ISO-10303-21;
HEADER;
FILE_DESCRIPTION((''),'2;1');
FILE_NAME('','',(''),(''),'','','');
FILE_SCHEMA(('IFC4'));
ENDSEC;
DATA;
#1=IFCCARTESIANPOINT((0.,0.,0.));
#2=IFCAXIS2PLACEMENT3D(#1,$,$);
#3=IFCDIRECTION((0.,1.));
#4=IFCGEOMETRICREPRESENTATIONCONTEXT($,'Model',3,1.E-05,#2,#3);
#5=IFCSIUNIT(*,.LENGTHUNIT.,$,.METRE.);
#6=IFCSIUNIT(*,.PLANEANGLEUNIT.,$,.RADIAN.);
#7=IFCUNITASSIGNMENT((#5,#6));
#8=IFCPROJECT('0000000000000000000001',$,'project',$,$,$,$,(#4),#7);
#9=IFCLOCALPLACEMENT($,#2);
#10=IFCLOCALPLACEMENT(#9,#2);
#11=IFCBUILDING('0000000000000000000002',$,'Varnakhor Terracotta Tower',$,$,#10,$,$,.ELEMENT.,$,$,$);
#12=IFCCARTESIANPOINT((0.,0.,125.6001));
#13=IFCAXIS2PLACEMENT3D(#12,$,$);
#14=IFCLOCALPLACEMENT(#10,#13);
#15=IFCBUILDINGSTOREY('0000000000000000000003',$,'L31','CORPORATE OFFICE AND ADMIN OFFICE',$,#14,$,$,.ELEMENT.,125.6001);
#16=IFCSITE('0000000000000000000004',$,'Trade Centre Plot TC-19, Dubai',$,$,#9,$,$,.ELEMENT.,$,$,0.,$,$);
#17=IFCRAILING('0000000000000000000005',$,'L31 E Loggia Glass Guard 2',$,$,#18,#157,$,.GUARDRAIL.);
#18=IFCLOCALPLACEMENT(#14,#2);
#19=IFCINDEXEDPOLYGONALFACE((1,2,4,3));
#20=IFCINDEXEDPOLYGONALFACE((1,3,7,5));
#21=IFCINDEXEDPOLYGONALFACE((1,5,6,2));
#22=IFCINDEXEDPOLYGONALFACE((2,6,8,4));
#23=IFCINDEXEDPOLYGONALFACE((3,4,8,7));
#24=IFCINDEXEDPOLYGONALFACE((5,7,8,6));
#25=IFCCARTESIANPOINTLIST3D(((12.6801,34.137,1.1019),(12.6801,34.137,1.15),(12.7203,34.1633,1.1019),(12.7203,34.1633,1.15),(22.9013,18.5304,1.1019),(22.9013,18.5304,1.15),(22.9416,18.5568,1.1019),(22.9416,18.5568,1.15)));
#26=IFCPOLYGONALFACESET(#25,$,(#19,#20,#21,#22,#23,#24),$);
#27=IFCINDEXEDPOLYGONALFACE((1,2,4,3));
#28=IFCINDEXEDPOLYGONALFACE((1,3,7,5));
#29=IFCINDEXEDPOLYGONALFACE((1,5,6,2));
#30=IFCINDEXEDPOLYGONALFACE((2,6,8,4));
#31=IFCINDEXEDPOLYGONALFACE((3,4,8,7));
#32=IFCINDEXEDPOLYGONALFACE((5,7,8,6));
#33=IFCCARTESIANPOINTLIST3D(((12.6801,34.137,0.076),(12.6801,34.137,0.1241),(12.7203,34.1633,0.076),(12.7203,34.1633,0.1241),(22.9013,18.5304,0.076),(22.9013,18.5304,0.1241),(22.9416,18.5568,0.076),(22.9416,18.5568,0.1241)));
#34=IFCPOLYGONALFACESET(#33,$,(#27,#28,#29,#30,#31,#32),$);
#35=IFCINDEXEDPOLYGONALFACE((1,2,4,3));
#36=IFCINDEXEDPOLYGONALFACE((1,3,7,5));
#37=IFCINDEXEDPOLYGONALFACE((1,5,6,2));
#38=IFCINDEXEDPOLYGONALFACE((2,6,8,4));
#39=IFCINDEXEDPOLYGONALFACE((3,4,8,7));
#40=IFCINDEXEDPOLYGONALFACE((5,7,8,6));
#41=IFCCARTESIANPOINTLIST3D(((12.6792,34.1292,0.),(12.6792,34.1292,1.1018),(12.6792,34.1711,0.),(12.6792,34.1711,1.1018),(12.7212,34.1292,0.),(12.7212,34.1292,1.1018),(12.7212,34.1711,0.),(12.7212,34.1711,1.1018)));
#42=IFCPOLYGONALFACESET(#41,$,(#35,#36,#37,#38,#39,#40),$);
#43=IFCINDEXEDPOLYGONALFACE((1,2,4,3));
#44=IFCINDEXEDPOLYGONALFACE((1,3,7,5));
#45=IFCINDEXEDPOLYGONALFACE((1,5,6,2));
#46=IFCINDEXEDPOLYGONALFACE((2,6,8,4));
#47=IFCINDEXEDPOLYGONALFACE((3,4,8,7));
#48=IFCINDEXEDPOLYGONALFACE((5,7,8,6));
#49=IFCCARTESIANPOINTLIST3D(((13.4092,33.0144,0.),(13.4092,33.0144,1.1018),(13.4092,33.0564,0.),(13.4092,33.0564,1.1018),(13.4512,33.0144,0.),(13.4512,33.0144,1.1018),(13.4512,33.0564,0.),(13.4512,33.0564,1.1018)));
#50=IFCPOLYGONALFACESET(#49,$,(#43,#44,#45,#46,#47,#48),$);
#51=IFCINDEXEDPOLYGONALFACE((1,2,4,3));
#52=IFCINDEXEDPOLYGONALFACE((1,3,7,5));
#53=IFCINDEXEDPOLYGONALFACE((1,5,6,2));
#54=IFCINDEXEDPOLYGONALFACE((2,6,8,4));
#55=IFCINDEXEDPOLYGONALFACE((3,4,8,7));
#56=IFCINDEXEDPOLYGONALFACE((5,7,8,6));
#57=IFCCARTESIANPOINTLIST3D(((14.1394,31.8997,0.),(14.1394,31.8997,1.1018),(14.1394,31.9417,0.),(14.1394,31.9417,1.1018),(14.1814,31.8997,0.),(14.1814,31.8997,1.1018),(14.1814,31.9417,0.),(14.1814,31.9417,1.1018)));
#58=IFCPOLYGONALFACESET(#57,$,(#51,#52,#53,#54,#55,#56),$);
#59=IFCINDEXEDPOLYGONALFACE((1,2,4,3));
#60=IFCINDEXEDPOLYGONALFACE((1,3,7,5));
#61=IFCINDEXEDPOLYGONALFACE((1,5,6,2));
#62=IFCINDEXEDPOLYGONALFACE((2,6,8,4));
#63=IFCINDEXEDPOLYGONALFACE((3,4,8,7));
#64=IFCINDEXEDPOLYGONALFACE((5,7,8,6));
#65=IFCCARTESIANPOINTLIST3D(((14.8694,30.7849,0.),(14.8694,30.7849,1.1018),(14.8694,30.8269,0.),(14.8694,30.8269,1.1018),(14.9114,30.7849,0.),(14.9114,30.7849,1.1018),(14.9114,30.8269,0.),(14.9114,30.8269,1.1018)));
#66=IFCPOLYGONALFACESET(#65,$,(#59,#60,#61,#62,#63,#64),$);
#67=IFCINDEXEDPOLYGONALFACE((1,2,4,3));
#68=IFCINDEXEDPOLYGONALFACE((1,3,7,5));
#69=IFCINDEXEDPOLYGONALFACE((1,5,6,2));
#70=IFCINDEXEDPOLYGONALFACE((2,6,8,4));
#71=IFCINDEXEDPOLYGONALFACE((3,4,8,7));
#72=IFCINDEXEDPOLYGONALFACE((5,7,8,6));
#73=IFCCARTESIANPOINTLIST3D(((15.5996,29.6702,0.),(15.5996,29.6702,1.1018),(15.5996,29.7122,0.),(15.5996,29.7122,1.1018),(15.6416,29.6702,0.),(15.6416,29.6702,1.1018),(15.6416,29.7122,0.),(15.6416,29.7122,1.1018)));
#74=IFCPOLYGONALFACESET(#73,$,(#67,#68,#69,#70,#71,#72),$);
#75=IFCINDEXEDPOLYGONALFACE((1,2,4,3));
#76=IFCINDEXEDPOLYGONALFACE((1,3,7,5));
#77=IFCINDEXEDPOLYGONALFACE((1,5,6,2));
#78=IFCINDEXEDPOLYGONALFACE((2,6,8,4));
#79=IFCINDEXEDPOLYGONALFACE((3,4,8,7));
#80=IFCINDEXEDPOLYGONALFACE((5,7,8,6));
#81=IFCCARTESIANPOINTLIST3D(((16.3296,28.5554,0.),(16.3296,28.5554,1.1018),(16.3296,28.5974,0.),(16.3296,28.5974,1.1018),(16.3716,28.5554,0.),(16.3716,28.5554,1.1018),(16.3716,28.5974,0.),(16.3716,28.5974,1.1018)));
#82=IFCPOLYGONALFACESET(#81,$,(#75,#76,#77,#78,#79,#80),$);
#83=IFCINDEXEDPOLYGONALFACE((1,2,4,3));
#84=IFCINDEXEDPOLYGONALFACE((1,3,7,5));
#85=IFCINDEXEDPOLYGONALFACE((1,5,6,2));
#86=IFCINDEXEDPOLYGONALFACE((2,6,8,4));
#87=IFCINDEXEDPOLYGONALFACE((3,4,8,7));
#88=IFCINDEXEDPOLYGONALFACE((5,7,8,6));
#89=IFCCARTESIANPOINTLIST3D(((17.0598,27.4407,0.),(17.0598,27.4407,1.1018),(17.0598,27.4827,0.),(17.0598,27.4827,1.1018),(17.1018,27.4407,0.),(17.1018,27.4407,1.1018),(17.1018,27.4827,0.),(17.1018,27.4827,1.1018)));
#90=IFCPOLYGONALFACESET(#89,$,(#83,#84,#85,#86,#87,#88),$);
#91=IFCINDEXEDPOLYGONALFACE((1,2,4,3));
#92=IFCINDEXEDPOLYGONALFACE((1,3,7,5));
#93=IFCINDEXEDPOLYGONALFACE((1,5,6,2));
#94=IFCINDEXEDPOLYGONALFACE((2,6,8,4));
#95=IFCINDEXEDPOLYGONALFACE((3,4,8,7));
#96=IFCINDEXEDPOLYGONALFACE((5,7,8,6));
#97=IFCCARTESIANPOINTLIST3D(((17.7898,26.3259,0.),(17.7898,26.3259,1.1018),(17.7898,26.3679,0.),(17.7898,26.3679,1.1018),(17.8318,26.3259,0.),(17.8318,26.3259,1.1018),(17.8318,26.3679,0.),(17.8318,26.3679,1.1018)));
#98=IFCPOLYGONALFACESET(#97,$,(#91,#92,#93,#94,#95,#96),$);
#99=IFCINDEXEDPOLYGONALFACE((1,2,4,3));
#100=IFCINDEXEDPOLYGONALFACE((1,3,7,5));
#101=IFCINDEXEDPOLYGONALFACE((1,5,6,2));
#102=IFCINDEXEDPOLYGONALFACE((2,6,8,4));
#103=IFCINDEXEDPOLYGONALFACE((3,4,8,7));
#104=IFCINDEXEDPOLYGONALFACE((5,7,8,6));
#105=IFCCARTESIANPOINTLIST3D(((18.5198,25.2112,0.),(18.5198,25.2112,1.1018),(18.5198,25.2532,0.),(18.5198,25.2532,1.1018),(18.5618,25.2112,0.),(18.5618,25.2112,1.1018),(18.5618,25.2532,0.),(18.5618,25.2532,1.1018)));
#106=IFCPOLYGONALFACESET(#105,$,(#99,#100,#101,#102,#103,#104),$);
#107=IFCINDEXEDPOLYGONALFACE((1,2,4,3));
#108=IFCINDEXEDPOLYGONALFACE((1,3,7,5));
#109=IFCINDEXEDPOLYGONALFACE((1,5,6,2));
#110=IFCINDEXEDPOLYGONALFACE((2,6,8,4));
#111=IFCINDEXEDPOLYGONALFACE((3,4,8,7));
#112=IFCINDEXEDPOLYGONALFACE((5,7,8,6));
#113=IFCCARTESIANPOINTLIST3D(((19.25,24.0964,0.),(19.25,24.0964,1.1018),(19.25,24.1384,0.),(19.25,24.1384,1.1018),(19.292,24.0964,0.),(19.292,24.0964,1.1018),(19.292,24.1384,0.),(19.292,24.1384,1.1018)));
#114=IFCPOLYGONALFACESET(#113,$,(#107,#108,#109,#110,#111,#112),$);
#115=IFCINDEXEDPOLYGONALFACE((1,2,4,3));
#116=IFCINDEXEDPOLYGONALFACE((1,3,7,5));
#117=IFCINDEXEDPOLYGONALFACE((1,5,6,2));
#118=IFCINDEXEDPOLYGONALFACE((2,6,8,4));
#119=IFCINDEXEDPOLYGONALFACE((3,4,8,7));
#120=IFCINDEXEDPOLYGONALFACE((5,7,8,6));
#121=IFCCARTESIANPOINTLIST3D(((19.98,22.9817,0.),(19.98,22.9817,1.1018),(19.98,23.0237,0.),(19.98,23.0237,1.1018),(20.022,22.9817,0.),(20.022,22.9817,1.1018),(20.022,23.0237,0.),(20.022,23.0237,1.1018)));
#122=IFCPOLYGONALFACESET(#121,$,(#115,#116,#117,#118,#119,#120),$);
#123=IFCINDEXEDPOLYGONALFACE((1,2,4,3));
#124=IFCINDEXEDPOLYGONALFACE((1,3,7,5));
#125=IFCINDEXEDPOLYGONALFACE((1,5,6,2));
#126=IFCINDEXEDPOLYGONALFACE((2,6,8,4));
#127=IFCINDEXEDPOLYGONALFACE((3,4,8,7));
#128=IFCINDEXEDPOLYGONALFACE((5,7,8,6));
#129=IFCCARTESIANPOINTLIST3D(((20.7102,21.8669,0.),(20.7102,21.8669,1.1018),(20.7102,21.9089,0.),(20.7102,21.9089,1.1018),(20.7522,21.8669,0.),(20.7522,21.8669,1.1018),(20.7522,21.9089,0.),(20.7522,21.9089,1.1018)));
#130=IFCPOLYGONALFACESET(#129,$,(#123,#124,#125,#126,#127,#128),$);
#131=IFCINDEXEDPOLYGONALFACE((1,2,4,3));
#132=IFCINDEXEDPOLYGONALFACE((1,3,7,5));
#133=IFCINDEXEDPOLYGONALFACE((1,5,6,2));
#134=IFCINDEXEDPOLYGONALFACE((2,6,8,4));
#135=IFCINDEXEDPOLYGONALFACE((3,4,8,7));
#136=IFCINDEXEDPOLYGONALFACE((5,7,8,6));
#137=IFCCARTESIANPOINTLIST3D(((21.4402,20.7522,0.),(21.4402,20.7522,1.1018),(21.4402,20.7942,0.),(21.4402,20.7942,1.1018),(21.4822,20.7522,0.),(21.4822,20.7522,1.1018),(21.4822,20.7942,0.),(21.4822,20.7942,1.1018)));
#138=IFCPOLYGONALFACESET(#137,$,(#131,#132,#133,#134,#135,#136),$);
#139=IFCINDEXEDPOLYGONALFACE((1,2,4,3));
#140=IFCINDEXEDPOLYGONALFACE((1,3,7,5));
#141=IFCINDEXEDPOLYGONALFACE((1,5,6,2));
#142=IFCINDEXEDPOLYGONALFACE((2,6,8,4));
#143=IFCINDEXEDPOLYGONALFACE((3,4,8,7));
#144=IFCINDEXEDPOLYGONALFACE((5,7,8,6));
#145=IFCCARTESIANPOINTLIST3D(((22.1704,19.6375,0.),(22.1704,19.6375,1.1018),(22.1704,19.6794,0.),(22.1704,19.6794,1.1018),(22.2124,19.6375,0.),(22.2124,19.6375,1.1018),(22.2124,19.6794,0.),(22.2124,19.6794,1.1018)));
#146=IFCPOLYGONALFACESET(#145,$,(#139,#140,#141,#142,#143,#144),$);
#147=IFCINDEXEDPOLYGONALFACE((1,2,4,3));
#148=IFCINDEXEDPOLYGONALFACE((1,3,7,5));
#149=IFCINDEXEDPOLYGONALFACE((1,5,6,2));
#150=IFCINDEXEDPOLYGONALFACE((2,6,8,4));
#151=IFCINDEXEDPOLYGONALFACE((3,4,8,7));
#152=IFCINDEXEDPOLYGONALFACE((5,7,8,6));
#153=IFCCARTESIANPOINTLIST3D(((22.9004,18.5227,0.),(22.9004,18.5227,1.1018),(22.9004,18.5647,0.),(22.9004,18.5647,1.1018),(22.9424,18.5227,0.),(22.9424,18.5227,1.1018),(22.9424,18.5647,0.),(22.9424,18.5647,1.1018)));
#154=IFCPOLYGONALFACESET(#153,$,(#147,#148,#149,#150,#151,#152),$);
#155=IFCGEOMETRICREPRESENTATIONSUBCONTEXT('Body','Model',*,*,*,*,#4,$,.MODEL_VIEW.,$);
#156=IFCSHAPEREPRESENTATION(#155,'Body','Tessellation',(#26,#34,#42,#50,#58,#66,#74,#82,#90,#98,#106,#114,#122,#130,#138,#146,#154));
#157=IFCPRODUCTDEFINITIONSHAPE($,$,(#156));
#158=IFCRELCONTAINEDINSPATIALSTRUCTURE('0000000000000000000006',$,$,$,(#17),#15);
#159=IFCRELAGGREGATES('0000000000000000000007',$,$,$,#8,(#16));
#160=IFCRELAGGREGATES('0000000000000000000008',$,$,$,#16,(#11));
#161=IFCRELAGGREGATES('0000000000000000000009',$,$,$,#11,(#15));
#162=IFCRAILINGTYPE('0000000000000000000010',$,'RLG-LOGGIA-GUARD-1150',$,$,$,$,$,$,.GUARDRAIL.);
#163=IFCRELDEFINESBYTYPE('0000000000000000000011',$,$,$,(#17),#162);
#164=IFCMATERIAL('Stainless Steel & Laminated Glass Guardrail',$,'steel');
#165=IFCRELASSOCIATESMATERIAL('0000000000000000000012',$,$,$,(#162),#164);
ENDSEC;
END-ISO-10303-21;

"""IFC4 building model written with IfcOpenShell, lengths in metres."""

from ifc_helpers import new_model, si_unit, direction, frame, origin, origin_2d, place, context, subcontext, project, spatial, rectangle, extrude, material, type_object, element, save


model = new_model("IFC4")

# Units and contexts
model_context = context("Model", 3, precision=1e-05, world=origin(), true_north=direction((0.0, 1.0)))
body_context = subcontext(model_context, "Body", "Model", "MODEL_VIEW")
ifc_project = project(units=[si_unit("LENGTHUNIT", "METRE"), si_unit("PLANEANGLEUNIT", "RADIAN")], contexts=[model_context])

# Site, building, storey
site_placement = place(None, origin())
site = spatial("IfcSite", under=ifc_project, at=site_placement, Name="Trade Centre Plot TC-19, Dubai", CompositionType="ELEMENT", RefElevation=0.0)
building_placement = place(site_placement, origin())
building = spatial("IfcBuilding", under=site, at=building_placement, Name="Varnakhor Terracotta Tower", CompositionType="ELEMENT")
storey_placement = place(building_placement, frame((0.0, 0.0, 125.6001)))
storey = spatial("IfcBuildingStorey", under=building, at=storey_placement, Name="L31", Description="CORPORATE OFFICE AND ADMIN OFFICE", CompositionType="ELEMENT", Elevation=125.6001)

# Railing
ifc_material_1 = material(Name="Stainless Steel & Laminated Glass Guardrail", Category="steel")
railing_type = type_object("IfcRailingType", Name="RLG-LOGGIA-GUARD-1150", PredefinedType="GUARDRAIL", material=ifc_material_1)
railing_1_placement = place(storey_placement, frame((12.7002, 34.1501, 0.0)))
element("IfcRailing", 1, at=railing_1_placement, inside=storey, type_object=railing_type, Name="L31 E Loggia Glass Guard 2", PredefinedType="GUARDRAIL", context=body_context, shape_type="SweptSolid", body=[
    extrude(rectangle(XDim=0.0481, YDim=0.0481, at=origin_2d()), frame((0.0, 0.0, 1.126), z_axis=(0.547887, -0.836553, 0.0), x_axis=(0.836553, 0.547887, 0.0)), (0.0, 0.0, 1.0), 18.6558),
    extrude(rectangle(XDim=0.0481, YDim=0.0481, at=origin_2d()), frame((0.0, 0.0, 0.1001), z_axis=(0.547887, -0.836553, 0.0), x_axis=(0.836553, 0.547887, 0.0)), (0.0, 0.0, 1.0), 18.6558),
    extrude(rectangle(XDim=0.042, YDim=0.042, at=origin_2d()), origin(), (0.0, 0.0, 1.0), 1.1018),
    extrude(rectangle(XDim=0.042, YDim=0.042, at=origin_2d()), frame((0.73, -1.1147, 0.0)), (0.0, 0.0, 1.0), 1.1018),
    extrude(rectangle(XDim=0.042, YDim=0.042, at=origin_2d()), frame((1.4602, -2.2295, 0.0)), (0.0, 0.0, 1.0), 1.1018),
    extrude(rectangle(XDim=0.042, YDim=0.042, at=origin_2d()), frame((2.1902, -3.3442, 0.0)), (0.0, 0.0, 1.0), 1.1018),
    extrude(rectangle(XDim=0.042, YDim=0.042, at=origin_2d()), frame((2.9204, -4.459, 0.0)), (0.0, 0.0, 1.0), 1.1018),
    extrude(rectangle(XDim=0.042, YDim=0.042, at=origin_2d()), frame((3.6504, -5.5737, 0.0)), (0.0, 0.0, 1.0), 1.1018),
    extrude(rectangle(XDim=0.042, YDim=0.042, at=origin_2d()), frame((4.3806, -6.6885, 0.0)), (0.0, 0.0, 1.0), 1.1018),
    extrude(rectangle(XDim=0.042, YDim=0.042, at=origin_2d()), frame((5.1106, -7.8032, 0.0)), (0.0, 0.0, 1.0), 1.1018),
    extrude(rectangle(XDim=0.042, YDim=0.042, at=origin_2d()), frame((5.8406, -8.918, 0.0)), (0.0, 0.0, 1.0), 1.1018),
    extrude(rectangle(XDim=0.042, YDim=0.042, at=origin_2d()), frame((6.5708, -10.0327, 0.0)), (0.0, 0.0, 1.0), 1.1018),
    extrude(rectangle(XDim=0.042, YDim=0.042, at=origin_2d()), frame((7.3008, -11.1475, 0.0)), (0.0, 0.0, 1.0), 1.1018),
    extrude(rectangle(XDim=0.042, YDim=0.042, at=origin_2d()), frame((8.031, -12.2622, 0.0)), (0.0, 0.0, 1.0), 1.1018),
    extrude(rectangle(XDim=0.042, YDim=0.042, at=origin_2d()), frame((8.761, -13.377, 0.0)), (0.0, 0.0, 1.0), 1.1018),
    extrude(rectangle(XDim=0.042, YDim=0.042, at=origin_2d()), frame((9.4912, -14.4917, 0.0)), (0.0, 0.0, 1.0), 1.1018),
    extrude(rectangle(XDim=0.042, YDim=0.042, at=origin_2d()), frame((10.2212, -15.6064, 0.0)), (0.0, 0.0, 1.0), 1.1018),
])

save(model, "model.ifc")
